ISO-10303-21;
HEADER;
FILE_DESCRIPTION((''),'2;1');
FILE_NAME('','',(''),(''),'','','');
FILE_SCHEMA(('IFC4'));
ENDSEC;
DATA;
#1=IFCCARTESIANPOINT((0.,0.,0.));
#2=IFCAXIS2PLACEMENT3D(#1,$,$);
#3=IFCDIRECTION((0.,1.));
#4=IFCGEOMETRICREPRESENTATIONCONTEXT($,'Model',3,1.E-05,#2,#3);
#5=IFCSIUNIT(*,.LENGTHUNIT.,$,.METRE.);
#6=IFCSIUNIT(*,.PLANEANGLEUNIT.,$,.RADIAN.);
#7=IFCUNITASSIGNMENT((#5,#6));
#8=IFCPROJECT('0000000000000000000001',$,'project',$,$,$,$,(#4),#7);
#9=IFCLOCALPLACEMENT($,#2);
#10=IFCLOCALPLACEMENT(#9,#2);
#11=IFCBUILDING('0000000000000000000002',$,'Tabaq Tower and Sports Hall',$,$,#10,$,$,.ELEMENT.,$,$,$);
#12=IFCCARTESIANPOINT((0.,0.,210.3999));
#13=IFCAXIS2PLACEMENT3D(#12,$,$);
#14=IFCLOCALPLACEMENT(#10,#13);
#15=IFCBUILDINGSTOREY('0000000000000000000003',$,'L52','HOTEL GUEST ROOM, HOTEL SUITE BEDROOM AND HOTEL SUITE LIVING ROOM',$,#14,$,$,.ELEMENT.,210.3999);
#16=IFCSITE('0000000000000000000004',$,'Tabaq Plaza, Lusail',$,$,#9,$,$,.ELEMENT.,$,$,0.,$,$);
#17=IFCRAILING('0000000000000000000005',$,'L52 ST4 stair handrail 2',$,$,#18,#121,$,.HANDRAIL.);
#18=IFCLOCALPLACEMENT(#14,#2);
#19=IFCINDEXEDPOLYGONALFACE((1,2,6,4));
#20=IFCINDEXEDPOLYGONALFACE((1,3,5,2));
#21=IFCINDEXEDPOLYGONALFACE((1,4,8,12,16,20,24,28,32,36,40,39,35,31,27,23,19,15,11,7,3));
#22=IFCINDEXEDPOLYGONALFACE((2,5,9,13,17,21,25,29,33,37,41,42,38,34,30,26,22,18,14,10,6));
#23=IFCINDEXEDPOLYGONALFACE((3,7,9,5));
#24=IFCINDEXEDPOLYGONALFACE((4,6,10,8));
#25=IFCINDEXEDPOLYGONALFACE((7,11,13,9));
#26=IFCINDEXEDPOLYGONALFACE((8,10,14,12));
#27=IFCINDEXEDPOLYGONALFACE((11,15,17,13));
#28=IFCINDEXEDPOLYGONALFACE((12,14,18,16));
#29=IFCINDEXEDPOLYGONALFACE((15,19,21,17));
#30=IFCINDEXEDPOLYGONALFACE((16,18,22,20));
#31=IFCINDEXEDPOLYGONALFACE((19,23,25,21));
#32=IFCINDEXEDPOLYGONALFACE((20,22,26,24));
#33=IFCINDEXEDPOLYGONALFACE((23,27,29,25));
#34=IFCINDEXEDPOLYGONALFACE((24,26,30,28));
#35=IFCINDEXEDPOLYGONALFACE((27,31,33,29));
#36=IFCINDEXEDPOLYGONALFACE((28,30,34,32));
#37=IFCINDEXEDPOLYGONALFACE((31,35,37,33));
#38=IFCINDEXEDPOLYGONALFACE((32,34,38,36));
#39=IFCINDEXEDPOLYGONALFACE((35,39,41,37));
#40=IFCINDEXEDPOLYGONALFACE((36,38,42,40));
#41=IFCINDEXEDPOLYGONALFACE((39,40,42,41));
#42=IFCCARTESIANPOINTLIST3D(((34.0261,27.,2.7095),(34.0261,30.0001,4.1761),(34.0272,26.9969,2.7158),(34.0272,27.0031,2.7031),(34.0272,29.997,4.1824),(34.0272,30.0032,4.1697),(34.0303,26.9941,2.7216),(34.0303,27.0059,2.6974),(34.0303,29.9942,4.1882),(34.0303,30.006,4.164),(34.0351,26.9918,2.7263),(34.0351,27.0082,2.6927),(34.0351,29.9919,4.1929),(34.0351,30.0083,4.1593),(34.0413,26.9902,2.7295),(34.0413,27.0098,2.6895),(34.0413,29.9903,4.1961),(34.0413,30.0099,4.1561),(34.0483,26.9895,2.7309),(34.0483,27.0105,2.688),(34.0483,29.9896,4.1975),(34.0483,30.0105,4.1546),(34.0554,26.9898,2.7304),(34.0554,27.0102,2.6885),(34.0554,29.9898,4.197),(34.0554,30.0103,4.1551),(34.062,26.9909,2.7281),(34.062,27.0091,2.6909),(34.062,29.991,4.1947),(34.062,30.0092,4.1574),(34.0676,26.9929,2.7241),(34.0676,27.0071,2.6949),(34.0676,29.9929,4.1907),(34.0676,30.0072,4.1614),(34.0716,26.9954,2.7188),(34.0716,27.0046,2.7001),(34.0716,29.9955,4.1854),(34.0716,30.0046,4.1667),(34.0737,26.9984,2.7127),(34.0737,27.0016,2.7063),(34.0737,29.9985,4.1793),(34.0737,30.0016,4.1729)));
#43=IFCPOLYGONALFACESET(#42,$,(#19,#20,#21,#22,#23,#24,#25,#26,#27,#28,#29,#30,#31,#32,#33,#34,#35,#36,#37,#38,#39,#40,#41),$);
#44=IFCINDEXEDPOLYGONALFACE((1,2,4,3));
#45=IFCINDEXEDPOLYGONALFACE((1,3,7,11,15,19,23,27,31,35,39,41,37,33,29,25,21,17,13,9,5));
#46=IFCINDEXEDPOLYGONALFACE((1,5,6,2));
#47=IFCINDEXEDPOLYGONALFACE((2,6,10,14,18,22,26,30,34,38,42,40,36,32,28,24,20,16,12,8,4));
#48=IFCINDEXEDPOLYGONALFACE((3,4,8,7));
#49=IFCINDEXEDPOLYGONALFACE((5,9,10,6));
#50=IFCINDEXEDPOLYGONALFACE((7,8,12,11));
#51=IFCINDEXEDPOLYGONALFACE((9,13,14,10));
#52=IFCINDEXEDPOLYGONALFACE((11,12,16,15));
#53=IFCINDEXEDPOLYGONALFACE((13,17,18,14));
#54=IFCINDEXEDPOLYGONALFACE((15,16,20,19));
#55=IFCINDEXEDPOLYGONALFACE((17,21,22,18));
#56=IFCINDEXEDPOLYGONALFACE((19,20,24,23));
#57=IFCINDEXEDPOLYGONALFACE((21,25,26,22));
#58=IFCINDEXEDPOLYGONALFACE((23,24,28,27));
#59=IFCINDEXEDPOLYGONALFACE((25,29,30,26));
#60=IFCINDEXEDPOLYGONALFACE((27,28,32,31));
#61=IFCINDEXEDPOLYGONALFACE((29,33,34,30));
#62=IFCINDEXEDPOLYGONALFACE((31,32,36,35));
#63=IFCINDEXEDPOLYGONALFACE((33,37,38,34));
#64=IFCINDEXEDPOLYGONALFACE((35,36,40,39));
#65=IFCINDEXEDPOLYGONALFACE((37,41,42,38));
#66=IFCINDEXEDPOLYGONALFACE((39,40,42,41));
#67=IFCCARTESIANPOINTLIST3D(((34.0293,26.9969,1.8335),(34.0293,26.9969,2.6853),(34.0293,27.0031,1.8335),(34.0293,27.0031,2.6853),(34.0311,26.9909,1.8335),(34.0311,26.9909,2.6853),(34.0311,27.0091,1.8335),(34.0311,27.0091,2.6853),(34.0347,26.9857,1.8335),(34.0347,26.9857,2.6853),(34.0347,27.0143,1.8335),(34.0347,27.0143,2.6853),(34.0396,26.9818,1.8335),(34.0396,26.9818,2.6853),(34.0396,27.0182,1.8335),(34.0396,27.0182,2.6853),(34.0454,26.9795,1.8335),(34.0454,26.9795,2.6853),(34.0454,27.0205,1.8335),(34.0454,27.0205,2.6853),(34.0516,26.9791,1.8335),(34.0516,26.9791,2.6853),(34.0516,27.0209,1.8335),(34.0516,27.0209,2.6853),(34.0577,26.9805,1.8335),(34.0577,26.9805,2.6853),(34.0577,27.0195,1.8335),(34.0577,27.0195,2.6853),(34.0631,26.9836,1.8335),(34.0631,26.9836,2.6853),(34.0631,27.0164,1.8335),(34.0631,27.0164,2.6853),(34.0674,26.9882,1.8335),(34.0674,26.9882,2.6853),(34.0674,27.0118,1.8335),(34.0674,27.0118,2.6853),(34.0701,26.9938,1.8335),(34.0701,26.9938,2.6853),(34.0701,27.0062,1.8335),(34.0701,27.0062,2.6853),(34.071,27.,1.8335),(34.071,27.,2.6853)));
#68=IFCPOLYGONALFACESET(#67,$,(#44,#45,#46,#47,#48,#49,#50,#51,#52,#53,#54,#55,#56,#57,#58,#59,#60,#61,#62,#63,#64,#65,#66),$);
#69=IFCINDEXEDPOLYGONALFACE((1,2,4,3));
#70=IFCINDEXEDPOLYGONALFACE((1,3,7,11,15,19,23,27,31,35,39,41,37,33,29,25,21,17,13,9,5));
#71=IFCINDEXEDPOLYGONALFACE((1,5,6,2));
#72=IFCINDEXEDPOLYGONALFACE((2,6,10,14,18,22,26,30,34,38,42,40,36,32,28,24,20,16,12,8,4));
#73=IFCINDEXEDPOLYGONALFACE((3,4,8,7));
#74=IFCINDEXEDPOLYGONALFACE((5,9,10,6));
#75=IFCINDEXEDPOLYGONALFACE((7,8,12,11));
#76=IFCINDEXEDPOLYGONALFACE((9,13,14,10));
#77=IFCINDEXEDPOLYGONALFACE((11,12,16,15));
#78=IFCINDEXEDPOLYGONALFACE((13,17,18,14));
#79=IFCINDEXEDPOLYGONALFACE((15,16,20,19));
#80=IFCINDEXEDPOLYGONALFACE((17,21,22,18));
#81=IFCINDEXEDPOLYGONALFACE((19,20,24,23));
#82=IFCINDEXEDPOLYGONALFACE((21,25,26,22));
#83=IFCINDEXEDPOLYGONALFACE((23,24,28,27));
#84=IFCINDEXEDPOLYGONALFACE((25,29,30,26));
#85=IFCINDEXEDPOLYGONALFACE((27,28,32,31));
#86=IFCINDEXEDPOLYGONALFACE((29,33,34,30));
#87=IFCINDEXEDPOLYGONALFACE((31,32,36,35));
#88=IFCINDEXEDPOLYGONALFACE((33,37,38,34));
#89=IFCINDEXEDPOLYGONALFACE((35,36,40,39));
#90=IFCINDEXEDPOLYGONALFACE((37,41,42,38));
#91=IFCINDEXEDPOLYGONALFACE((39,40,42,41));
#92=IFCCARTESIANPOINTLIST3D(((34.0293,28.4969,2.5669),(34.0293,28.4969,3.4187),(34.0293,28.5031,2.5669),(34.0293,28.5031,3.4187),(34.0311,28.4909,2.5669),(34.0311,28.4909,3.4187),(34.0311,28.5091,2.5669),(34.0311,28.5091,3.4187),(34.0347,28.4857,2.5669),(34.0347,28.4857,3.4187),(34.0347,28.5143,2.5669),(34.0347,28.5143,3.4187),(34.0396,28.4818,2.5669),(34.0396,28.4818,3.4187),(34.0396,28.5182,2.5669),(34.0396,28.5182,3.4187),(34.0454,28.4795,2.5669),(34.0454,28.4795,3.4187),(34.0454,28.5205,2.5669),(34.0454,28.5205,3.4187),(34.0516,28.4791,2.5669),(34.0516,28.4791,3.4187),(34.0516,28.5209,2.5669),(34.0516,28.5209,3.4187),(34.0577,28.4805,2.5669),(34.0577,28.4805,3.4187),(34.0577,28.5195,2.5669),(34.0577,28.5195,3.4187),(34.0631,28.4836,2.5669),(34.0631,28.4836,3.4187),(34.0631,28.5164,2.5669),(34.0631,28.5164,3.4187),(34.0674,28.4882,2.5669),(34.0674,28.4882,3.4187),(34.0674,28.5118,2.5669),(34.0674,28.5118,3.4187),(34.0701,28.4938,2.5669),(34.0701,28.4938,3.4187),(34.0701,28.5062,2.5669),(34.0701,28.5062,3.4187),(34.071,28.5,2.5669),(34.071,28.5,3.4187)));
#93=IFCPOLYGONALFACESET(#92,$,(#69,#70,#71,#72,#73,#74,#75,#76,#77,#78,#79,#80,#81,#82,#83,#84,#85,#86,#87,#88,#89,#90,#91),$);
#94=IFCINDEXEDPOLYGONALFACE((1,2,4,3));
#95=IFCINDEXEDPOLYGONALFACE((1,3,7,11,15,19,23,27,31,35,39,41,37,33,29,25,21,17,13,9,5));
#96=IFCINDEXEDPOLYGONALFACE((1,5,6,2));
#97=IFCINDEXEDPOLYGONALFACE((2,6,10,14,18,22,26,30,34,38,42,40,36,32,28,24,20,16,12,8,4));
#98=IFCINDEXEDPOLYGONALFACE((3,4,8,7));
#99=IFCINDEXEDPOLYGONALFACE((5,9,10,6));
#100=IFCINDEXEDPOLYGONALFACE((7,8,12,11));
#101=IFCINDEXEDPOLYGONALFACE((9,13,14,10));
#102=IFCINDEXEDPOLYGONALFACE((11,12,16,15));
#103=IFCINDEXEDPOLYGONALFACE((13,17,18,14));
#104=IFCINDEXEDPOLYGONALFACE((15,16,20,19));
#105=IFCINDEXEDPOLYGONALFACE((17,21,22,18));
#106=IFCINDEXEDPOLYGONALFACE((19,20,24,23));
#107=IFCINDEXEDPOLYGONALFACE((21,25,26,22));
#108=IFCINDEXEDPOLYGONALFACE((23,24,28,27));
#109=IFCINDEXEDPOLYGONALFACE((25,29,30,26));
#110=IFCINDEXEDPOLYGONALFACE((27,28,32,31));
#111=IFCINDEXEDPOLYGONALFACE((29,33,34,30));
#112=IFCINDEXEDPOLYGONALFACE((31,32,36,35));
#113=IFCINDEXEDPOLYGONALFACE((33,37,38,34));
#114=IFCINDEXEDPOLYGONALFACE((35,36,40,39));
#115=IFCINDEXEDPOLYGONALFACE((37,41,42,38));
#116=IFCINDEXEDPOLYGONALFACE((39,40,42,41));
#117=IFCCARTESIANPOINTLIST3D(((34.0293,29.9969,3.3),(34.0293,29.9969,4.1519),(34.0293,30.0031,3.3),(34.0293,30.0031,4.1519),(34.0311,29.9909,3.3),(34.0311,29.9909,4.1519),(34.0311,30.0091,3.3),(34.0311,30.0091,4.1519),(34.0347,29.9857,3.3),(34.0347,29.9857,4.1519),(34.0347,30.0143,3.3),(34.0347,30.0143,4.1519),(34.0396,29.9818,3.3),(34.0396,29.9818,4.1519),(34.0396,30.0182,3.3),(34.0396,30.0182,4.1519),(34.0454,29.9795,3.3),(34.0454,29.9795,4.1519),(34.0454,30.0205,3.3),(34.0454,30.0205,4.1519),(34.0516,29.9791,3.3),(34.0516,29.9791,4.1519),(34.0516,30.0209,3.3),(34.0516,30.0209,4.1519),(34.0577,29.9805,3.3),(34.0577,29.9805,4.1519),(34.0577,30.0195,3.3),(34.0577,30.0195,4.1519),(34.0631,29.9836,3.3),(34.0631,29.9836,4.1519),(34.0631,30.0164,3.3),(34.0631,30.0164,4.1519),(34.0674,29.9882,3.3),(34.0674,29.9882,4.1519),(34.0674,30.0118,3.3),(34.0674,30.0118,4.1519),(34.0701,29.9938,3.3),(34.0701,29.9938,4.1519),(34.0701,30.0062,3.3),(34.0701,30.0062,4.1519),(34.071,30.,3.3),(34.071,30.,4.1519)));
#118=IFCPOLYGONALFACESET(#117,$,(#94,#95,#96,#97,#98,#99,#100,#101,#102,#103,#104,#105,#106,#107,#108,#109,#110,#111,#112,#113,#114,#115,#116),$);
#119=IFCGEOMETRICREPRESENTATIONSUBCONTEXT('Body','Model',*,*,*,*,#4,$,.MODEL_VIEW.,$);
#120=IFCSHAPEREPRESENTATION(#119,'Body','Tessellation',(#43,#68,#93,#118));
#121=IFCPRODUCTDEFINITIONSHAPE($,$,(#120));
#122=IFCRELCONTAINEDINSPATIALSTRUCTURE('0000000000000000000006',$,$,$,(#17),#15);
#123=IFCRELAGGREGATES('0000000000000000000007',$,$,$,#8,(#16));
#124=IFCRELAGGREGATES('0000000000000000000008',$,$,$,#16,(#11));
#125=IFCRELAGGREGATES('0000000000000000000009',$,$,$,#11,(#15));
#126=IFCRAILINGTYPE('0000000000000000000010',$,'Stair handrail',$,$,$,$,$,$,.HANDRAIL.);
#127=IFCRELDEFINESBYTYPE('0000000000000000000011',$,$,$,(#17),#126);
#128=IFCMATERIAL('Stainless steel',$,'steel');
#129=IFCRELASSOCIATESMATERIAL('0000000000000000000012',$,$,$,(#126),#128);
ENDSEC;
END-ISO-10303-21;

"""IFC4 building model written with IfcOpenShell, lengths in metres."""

from ifc_helpers import new_model, si_unit, direction, frame, origin, origin_2d, place, context, subcontext, project, spatial, circle, extrude, material, type_object, element, save


model = new_model("IFC4")

# Units and contexts
model_context = context("Model", 3, precision=1e-05, world=origin(), true_north=direction((0.0, 1.0)))
body_context = subcontext(model_context, "Body", "Model", "MODEL_VIEW")
ifc_project = project(units=[si_unit("LENGTHUNIT", "METRE"), si_unit("PLANEANGLEUNIT", "RADIAN")], contexts=[model_context])

# Site, building, storey
site_placement = place(None, origin())
site = spatial("IfcSite", under=ifc_project, at=site_placement, Name="Tabaq Plaza, Lusail", CompositionType="ELEMENT", RefElevation=0.0)
building_placement = place(site_placement, origin())
building = spatial("IfcBuilding", under=site, at=building_placement, Name="Tabaq Tower and Sports Hall", CompositionType="ELEMENT")
storey_placement = place(building_placement, frame((0.0, 0.0, 210.3999)))
storey = spatial("IfcBuildingStorey", under=building, at=storey_placement, Name="L52", Description="HOTEL GUEST ROOM, HOTEL SUITE BEDROOM AND HOTEL SUITE LIVING ROOM", CompositionType="ELEMENT", Elevation=210.3999)

# Railing
ifc_material_1 = material(Name="Stainless steel", Category="steel")
railing_type_1 = type_object("IfcRailingType", Name="Stair handrail", PredefinedType="HANDRAIL", material=ifc_material_1)
railing_1_placement = place(storey_placement, frame((34.05, 27.0, 1.8335)))
element("IfcRailing", 1, at=railing_1_placement, inside=storey, type_object=railing_type_1, Name="L52 ST4 stair handrail 2", PredefinedType="HANDRAIL", context=body_context, shape_type="SweptSolid", body=[
    extrude(circle(Radius=0.0239, at=origin_2d()), frame((0.0, 0.0, 0.876), z_axis=(0.0, 0.898398, 0.439183), x_axis=(-1.0, 0.0, 0.0)), (0.0, 0.0, 1.0), 3.3394),
    extrude(circle(Radius=0.021, at=origin_2d()), origin(), (0.0, 0.0, 1.0), 0.8518),
    extrude(circle(Radius=0.021, at=origin_2d()), frame((0.0, 1.5, 0.7334)), (0.0, 0.0, 1.0), 0.8518),
    extrude(circle(Radius=0.021, at=origin_2d()), frame((0.0, 3.0, 1.4666)), (0.0, 0.0, 1.0), 0.8518),
])

save(model, "model.ifc")
